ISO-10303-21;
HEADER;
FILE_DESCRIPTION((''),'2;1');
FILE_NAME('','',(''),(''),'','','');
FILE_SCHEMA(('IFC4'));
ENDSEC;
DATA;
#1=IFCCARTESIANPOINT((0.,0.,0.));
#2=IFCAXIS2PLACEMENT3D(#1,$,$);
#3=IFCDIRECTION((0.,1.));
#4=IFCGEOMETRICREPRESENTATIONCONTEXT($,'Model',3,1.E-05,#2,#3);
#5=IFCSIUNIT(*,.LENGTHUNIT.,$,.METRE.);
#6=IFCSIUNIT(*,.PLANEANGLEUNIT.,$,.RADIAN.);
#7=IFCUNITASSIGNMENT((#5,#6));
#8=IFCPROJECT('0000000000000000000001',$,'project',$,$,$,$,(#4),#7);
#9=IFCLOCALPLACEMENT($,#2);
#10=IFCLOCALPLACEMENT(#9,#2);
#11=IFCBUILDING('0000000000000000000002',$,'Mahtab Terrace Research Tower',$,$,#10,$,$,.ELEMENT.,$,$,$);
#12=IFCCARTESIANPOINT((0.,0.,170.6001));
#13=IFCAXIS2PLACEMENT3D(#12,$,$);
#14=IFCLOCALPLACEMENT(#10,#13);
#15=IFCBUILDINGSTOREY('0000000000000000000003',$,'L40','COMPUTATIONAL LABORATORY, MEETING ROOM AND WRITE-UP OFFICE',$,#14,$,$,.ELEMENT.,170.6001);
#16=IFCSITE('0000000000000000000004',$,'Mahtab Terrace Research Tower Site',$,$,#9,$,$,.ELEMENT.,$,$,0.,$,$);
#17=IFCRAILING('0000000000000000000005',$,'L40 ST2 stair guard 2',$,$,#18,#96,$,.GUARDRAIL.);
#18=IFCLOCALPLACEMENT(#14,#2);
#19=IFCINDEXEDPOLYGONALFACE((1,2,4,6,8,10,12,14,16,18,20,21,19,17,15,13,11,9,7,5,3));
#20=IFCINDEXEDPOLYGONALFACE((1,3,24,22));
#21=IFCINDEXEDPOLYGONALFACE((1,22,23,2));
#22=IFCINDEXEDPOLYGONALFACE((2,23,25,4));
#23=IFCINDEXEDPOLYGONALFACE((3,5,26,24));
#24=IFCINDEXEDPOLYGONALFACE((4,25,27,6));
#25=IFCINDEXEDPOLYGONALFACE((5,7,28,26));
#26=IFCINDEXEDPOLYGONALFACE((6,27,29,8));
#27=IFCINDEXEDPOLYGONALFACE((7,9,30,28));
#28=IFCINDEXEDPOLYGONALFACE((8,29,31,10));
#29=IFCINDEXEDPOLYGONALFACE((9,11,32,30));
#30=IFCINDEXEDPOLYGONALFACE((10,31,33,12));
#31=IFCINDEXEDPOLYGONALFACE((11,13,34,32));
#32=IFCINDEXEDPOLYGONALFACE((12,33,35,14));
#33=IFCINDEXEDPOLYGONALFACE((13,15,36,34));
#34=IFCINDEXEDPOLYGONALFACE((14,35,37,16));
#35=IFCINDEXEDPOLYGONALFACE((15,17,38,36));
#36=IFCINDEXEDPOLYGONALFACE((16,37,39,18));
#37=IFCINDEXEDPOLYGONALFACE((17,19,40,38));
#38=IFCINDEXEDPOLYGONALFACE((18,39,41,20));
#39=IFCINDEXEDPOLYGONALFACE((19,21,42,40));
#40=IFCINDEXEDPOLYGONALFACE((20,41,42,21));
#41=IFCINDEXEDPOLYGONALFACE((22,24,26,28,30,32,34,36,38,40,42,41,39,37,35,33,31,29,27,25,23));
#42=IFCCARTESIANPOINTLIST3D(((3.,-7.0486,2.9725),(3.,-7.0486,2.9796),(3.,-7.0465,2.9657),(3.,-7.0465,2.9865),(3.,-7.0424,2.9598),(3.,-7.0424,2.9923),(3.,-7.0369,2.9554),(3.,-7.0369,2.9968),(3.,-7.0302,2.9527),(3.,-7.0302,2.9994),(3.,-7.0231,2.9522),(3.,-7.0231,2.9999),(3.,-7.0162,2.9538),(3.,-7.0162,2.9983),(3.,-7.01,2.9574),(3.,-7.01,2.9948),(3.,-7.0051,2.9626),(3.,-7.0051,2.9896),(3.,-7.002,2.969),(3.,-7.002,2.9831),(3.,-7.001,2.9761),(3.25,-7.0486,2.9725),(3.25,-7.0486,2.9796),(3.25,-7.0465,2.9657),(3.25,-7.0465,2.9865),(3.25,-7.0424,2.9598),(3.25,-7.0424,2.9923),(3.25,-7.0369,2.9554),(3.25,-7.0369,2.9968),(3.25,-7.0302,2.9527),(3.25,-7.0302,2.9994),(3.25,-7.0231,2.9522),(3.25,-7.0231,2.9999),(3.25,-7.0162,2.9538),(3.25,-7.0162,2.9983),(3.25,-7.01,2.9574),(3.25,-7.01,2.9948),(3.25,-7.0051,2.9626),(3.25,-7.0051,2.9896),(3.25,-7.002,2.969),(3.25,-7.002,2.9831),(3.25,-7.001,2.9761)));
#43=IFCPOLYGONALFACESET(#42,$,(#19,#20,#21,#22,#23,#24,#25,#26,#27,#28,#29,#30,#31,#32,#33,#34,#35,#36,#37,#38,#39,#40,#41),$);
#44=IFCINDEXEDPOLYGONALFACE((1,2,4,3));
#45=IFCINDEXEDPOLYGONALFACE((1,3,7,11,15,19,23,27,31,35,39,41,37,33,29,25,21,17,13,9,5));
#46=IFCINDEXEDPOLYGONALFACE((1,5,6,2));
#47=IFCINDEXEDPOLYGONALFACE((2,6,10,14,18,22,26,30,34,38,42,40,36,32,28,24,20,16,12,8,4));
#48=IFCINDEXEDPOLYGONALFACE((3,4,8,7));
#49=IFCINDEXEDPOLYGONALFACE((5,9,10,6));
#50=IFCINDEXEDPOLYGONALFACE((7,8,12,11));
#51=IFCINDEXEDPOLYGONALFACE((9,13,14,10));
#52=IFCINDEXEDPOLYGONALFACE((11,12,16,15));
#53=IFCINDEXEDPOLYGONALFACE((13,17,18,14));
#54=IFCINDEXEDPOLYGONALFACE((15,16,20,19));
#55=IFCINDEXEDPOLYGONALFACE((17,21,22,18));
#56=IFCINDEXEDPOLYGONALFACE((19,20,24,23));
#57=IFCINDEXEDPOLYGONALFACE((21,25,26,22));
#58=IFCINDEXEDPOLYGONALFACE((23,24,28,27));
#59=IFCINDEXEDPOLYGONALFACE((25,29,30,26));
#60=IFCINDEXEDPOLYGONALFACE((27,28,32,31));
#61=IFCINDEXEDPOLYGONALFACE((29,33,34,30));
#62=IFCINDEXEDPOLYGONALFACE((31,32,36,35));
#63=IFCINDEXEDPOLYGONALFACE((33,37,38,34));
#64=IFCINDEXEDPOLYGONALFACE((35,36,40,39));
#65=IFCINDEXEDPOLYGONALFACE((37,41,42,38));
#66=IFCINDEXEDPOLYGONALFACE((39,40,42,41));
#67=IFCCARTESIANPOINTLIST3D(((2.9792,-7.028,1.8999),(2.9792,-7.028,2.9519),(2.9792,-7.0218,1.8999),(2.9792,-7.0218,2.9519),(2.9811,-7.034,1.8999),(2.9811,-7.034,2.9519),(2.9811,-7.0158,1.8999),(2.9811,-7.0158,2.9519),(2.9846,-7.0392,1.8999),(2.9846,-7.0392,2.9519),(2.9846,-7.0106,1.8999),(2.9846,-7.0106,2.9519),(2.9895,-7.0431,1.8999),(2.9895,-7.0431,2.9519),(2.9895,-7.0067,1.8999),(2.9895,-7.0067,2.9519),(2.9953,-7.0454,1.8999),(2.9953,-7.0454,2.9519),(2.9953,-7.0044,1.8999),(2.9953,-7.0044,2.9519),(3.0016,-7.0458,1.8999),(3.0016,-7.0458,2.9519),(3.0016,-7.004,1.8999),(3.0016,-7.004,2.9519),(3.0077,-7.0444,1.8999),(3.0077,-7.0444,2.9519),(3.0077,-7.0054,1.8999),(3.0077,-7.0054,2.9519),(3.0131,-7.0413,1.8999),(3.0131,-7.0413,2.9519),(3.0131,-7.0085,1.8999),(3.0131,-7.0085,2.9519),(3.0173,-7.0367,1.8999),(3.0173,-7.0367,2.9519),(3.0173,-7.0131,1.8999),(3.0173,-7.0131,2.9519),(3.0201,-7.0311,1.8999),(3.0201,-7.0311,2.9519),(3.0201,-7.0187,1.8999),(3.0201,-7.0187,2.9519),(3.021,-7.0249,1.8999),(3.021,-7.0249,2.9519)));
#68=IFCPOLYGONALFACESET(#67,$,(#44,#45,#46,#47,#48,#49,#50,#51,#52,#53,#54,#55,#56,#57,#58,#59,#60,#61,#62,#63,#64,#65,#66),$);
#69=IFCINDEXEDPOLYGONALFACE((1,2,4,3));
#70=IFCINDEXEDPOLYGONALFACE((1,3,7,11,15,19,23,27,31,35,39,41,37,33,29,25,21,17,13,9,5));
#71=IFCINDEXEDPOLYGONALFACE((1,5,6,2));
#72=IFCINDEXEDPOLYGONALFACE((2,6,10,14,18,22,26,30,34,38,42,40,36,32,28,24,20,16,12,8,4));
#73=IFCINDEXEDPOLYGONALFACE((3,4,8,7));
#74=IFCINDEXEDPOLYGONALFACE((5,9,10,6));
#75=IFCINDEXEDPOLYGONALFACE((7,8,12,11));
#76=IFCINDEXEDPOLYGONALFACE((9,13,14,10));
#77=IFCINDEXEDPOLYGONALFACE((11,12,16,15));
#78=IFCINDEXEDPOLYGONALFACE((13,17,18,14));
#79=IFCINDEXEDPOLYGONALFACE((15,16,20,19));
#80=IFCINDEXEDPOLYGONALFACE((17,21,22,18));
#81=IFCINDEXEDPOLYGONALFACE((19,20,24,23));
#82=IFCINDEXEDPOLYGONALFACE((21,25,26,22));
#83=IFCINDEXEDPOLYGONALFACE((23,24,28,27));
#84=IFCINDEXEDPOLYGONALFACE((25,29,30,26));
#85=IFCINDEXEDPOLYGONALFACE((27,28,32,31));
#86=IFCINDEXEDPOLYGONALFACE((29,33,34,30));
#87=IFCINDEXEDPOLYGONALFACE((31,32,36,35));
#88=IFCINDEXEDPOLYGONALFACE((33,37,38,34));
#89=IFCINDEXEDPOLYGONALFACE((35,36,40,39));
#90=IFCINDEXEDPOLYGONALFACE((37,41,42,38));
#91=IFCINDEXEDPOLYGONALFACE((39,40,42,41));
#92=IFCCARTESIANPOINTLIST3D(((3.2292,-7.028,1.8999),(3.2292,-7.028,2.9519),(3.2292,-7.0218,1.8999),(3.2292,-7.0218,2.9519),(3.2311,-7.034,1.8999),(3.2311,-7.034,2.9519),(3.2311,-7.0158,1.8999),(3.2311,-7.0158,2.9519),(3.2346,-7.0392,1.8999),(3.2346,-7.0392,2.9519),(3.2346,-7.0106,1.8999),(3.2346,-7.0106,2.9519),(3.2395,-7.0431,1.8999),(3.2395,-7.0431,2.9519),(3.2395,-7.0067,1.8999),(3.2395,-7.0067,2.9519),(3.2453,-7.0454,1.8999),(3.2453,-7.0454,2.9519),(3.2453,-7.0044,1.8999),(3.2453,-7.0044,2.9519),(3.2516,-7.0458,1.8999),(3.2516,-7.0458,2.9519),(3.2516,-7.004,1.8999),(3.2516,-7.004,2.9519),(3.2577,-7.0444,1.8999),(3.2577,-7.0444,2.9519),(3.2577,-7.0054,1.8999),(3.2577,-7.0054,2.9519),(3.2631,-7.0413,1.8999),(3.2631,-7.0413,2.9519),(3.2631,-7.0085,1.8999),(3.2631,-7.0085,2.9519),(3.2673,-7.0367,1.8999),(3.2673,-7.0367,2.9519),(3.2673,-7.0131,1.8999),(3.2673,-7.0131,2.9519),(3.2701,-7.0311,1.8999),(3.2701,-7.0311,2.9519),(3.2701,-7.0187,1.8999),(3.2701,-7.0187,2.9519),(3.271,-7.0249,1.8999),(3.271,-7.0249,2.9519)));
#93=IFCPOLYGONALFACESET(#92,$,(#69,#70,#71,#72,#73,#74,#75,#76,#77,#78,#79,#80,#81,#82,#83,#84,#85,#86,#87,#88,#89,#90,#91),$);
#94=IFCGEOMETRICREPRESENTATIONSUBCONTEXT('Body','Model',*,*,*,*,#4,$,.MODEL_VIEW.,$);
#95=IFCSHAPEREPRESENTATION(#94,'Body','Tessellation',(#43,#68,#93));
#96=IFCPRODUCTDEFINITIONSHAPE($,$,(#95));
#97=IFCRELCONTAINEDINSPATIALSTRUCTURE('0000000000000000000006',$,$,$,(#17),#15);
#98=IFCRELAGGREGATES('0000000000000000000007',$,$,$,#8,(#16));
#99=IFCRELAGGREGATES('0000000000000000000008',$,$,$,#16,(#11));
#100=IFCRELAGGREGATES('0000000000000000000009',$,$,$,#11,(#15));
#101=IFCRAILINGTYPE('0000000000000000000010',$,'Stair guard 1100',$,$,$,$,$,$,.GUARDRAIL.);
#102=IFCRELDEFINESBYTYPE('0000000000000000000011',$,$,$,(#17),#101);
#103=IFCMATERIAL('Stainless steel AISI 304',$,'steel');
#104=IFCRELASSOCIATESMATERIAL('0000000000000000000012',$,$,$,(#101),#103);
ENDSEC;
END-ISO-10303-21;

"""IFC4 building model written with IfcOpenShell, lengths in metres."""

from ifc_helpers import new_model, si_unit, direction, frame, origin, origin_2d, place, context, subcontext, project, spatial, circle, extrude, material, type_object, element, save


model = new_model("IFC4")

# Units and contexts
model_context = context("Model", 3, precision=1e-05, world=origin(), true_north=direction((0.0, 1.0)))
body_context = subcontext(model_context, "Body", "Model", "MODEL_VIEW")
ifc_project = project(units=[si_unit("LENGTHUNIT", "METRE"), si_unit("PLANEANGLEUNIT", "RADIAN")], contexts=[model_context])

# Site, building, storey
site_placement = place(None, origin())
site = spatial("IfcSite", under=ifc_project, at=site_placement, Name="Mahtab Terrace Research Tower Site", CompositionType="ELEMENT", RefElevation=0.0)
building_placement = place(site_placement, origin())
building = spatial("IfcBuilding", under=site, at=building_placement, Name="Mahtab Terrace Research Tower", CompositionType="ELEMENT")
storey_placement = place(building_placement, frame((0.0, 0.0, 170.6001)))
storey = spatial("IfcBuildingStorey", under=building, at=storey_placement, Name="L40", Description="COMPUTATIONAL LABORATORY, MEETING ROOM AND WRITE-UP OFFICE", CompositionType="ELEMENT", Elevation=170.6001)

# Railing
ifc_material_1 = material(Name="Stainless steel AISI 304", Category="steel")
railing_type_1 = type_object("IfcRailingType", Name="Stair guard 1100", PredefinedType="GUARDRAIL", material=ifc_material_1)
railing_1_placement = place(storey_placement, frame((3.0, -7.0249, 1.8999)))
element("IfcRailing", 1, at=railing_1_placement, inside=storey, type_object=railing_type_1, Name="L40 ST2 stair guard 2", PredefinedType="GUARDRAIL", context=body_context, shape_type="SweptSolid", body=[
    extrude(circle(Radius=0.0239, at=origin_2d()), frame((0.0, 0.0, 1.0762), z_axis=(1.0, 0.0, 0.0), x_axis=(0.0, 1.0, 0.0)), (0.0, 0.0, 1.0), 0.25),
    extrude(circle(Radius=0.021, at=origin_2d()), origin(), (0.0, 0.0, 1.0), 1.052),
    extrude(circle(Radius=0.021, at=origin_2d()), frame((0.25, 0.0, 0.0)), (0.0, 0.0, 1.0), 1.052),
])

save(model, "model.ifc")
